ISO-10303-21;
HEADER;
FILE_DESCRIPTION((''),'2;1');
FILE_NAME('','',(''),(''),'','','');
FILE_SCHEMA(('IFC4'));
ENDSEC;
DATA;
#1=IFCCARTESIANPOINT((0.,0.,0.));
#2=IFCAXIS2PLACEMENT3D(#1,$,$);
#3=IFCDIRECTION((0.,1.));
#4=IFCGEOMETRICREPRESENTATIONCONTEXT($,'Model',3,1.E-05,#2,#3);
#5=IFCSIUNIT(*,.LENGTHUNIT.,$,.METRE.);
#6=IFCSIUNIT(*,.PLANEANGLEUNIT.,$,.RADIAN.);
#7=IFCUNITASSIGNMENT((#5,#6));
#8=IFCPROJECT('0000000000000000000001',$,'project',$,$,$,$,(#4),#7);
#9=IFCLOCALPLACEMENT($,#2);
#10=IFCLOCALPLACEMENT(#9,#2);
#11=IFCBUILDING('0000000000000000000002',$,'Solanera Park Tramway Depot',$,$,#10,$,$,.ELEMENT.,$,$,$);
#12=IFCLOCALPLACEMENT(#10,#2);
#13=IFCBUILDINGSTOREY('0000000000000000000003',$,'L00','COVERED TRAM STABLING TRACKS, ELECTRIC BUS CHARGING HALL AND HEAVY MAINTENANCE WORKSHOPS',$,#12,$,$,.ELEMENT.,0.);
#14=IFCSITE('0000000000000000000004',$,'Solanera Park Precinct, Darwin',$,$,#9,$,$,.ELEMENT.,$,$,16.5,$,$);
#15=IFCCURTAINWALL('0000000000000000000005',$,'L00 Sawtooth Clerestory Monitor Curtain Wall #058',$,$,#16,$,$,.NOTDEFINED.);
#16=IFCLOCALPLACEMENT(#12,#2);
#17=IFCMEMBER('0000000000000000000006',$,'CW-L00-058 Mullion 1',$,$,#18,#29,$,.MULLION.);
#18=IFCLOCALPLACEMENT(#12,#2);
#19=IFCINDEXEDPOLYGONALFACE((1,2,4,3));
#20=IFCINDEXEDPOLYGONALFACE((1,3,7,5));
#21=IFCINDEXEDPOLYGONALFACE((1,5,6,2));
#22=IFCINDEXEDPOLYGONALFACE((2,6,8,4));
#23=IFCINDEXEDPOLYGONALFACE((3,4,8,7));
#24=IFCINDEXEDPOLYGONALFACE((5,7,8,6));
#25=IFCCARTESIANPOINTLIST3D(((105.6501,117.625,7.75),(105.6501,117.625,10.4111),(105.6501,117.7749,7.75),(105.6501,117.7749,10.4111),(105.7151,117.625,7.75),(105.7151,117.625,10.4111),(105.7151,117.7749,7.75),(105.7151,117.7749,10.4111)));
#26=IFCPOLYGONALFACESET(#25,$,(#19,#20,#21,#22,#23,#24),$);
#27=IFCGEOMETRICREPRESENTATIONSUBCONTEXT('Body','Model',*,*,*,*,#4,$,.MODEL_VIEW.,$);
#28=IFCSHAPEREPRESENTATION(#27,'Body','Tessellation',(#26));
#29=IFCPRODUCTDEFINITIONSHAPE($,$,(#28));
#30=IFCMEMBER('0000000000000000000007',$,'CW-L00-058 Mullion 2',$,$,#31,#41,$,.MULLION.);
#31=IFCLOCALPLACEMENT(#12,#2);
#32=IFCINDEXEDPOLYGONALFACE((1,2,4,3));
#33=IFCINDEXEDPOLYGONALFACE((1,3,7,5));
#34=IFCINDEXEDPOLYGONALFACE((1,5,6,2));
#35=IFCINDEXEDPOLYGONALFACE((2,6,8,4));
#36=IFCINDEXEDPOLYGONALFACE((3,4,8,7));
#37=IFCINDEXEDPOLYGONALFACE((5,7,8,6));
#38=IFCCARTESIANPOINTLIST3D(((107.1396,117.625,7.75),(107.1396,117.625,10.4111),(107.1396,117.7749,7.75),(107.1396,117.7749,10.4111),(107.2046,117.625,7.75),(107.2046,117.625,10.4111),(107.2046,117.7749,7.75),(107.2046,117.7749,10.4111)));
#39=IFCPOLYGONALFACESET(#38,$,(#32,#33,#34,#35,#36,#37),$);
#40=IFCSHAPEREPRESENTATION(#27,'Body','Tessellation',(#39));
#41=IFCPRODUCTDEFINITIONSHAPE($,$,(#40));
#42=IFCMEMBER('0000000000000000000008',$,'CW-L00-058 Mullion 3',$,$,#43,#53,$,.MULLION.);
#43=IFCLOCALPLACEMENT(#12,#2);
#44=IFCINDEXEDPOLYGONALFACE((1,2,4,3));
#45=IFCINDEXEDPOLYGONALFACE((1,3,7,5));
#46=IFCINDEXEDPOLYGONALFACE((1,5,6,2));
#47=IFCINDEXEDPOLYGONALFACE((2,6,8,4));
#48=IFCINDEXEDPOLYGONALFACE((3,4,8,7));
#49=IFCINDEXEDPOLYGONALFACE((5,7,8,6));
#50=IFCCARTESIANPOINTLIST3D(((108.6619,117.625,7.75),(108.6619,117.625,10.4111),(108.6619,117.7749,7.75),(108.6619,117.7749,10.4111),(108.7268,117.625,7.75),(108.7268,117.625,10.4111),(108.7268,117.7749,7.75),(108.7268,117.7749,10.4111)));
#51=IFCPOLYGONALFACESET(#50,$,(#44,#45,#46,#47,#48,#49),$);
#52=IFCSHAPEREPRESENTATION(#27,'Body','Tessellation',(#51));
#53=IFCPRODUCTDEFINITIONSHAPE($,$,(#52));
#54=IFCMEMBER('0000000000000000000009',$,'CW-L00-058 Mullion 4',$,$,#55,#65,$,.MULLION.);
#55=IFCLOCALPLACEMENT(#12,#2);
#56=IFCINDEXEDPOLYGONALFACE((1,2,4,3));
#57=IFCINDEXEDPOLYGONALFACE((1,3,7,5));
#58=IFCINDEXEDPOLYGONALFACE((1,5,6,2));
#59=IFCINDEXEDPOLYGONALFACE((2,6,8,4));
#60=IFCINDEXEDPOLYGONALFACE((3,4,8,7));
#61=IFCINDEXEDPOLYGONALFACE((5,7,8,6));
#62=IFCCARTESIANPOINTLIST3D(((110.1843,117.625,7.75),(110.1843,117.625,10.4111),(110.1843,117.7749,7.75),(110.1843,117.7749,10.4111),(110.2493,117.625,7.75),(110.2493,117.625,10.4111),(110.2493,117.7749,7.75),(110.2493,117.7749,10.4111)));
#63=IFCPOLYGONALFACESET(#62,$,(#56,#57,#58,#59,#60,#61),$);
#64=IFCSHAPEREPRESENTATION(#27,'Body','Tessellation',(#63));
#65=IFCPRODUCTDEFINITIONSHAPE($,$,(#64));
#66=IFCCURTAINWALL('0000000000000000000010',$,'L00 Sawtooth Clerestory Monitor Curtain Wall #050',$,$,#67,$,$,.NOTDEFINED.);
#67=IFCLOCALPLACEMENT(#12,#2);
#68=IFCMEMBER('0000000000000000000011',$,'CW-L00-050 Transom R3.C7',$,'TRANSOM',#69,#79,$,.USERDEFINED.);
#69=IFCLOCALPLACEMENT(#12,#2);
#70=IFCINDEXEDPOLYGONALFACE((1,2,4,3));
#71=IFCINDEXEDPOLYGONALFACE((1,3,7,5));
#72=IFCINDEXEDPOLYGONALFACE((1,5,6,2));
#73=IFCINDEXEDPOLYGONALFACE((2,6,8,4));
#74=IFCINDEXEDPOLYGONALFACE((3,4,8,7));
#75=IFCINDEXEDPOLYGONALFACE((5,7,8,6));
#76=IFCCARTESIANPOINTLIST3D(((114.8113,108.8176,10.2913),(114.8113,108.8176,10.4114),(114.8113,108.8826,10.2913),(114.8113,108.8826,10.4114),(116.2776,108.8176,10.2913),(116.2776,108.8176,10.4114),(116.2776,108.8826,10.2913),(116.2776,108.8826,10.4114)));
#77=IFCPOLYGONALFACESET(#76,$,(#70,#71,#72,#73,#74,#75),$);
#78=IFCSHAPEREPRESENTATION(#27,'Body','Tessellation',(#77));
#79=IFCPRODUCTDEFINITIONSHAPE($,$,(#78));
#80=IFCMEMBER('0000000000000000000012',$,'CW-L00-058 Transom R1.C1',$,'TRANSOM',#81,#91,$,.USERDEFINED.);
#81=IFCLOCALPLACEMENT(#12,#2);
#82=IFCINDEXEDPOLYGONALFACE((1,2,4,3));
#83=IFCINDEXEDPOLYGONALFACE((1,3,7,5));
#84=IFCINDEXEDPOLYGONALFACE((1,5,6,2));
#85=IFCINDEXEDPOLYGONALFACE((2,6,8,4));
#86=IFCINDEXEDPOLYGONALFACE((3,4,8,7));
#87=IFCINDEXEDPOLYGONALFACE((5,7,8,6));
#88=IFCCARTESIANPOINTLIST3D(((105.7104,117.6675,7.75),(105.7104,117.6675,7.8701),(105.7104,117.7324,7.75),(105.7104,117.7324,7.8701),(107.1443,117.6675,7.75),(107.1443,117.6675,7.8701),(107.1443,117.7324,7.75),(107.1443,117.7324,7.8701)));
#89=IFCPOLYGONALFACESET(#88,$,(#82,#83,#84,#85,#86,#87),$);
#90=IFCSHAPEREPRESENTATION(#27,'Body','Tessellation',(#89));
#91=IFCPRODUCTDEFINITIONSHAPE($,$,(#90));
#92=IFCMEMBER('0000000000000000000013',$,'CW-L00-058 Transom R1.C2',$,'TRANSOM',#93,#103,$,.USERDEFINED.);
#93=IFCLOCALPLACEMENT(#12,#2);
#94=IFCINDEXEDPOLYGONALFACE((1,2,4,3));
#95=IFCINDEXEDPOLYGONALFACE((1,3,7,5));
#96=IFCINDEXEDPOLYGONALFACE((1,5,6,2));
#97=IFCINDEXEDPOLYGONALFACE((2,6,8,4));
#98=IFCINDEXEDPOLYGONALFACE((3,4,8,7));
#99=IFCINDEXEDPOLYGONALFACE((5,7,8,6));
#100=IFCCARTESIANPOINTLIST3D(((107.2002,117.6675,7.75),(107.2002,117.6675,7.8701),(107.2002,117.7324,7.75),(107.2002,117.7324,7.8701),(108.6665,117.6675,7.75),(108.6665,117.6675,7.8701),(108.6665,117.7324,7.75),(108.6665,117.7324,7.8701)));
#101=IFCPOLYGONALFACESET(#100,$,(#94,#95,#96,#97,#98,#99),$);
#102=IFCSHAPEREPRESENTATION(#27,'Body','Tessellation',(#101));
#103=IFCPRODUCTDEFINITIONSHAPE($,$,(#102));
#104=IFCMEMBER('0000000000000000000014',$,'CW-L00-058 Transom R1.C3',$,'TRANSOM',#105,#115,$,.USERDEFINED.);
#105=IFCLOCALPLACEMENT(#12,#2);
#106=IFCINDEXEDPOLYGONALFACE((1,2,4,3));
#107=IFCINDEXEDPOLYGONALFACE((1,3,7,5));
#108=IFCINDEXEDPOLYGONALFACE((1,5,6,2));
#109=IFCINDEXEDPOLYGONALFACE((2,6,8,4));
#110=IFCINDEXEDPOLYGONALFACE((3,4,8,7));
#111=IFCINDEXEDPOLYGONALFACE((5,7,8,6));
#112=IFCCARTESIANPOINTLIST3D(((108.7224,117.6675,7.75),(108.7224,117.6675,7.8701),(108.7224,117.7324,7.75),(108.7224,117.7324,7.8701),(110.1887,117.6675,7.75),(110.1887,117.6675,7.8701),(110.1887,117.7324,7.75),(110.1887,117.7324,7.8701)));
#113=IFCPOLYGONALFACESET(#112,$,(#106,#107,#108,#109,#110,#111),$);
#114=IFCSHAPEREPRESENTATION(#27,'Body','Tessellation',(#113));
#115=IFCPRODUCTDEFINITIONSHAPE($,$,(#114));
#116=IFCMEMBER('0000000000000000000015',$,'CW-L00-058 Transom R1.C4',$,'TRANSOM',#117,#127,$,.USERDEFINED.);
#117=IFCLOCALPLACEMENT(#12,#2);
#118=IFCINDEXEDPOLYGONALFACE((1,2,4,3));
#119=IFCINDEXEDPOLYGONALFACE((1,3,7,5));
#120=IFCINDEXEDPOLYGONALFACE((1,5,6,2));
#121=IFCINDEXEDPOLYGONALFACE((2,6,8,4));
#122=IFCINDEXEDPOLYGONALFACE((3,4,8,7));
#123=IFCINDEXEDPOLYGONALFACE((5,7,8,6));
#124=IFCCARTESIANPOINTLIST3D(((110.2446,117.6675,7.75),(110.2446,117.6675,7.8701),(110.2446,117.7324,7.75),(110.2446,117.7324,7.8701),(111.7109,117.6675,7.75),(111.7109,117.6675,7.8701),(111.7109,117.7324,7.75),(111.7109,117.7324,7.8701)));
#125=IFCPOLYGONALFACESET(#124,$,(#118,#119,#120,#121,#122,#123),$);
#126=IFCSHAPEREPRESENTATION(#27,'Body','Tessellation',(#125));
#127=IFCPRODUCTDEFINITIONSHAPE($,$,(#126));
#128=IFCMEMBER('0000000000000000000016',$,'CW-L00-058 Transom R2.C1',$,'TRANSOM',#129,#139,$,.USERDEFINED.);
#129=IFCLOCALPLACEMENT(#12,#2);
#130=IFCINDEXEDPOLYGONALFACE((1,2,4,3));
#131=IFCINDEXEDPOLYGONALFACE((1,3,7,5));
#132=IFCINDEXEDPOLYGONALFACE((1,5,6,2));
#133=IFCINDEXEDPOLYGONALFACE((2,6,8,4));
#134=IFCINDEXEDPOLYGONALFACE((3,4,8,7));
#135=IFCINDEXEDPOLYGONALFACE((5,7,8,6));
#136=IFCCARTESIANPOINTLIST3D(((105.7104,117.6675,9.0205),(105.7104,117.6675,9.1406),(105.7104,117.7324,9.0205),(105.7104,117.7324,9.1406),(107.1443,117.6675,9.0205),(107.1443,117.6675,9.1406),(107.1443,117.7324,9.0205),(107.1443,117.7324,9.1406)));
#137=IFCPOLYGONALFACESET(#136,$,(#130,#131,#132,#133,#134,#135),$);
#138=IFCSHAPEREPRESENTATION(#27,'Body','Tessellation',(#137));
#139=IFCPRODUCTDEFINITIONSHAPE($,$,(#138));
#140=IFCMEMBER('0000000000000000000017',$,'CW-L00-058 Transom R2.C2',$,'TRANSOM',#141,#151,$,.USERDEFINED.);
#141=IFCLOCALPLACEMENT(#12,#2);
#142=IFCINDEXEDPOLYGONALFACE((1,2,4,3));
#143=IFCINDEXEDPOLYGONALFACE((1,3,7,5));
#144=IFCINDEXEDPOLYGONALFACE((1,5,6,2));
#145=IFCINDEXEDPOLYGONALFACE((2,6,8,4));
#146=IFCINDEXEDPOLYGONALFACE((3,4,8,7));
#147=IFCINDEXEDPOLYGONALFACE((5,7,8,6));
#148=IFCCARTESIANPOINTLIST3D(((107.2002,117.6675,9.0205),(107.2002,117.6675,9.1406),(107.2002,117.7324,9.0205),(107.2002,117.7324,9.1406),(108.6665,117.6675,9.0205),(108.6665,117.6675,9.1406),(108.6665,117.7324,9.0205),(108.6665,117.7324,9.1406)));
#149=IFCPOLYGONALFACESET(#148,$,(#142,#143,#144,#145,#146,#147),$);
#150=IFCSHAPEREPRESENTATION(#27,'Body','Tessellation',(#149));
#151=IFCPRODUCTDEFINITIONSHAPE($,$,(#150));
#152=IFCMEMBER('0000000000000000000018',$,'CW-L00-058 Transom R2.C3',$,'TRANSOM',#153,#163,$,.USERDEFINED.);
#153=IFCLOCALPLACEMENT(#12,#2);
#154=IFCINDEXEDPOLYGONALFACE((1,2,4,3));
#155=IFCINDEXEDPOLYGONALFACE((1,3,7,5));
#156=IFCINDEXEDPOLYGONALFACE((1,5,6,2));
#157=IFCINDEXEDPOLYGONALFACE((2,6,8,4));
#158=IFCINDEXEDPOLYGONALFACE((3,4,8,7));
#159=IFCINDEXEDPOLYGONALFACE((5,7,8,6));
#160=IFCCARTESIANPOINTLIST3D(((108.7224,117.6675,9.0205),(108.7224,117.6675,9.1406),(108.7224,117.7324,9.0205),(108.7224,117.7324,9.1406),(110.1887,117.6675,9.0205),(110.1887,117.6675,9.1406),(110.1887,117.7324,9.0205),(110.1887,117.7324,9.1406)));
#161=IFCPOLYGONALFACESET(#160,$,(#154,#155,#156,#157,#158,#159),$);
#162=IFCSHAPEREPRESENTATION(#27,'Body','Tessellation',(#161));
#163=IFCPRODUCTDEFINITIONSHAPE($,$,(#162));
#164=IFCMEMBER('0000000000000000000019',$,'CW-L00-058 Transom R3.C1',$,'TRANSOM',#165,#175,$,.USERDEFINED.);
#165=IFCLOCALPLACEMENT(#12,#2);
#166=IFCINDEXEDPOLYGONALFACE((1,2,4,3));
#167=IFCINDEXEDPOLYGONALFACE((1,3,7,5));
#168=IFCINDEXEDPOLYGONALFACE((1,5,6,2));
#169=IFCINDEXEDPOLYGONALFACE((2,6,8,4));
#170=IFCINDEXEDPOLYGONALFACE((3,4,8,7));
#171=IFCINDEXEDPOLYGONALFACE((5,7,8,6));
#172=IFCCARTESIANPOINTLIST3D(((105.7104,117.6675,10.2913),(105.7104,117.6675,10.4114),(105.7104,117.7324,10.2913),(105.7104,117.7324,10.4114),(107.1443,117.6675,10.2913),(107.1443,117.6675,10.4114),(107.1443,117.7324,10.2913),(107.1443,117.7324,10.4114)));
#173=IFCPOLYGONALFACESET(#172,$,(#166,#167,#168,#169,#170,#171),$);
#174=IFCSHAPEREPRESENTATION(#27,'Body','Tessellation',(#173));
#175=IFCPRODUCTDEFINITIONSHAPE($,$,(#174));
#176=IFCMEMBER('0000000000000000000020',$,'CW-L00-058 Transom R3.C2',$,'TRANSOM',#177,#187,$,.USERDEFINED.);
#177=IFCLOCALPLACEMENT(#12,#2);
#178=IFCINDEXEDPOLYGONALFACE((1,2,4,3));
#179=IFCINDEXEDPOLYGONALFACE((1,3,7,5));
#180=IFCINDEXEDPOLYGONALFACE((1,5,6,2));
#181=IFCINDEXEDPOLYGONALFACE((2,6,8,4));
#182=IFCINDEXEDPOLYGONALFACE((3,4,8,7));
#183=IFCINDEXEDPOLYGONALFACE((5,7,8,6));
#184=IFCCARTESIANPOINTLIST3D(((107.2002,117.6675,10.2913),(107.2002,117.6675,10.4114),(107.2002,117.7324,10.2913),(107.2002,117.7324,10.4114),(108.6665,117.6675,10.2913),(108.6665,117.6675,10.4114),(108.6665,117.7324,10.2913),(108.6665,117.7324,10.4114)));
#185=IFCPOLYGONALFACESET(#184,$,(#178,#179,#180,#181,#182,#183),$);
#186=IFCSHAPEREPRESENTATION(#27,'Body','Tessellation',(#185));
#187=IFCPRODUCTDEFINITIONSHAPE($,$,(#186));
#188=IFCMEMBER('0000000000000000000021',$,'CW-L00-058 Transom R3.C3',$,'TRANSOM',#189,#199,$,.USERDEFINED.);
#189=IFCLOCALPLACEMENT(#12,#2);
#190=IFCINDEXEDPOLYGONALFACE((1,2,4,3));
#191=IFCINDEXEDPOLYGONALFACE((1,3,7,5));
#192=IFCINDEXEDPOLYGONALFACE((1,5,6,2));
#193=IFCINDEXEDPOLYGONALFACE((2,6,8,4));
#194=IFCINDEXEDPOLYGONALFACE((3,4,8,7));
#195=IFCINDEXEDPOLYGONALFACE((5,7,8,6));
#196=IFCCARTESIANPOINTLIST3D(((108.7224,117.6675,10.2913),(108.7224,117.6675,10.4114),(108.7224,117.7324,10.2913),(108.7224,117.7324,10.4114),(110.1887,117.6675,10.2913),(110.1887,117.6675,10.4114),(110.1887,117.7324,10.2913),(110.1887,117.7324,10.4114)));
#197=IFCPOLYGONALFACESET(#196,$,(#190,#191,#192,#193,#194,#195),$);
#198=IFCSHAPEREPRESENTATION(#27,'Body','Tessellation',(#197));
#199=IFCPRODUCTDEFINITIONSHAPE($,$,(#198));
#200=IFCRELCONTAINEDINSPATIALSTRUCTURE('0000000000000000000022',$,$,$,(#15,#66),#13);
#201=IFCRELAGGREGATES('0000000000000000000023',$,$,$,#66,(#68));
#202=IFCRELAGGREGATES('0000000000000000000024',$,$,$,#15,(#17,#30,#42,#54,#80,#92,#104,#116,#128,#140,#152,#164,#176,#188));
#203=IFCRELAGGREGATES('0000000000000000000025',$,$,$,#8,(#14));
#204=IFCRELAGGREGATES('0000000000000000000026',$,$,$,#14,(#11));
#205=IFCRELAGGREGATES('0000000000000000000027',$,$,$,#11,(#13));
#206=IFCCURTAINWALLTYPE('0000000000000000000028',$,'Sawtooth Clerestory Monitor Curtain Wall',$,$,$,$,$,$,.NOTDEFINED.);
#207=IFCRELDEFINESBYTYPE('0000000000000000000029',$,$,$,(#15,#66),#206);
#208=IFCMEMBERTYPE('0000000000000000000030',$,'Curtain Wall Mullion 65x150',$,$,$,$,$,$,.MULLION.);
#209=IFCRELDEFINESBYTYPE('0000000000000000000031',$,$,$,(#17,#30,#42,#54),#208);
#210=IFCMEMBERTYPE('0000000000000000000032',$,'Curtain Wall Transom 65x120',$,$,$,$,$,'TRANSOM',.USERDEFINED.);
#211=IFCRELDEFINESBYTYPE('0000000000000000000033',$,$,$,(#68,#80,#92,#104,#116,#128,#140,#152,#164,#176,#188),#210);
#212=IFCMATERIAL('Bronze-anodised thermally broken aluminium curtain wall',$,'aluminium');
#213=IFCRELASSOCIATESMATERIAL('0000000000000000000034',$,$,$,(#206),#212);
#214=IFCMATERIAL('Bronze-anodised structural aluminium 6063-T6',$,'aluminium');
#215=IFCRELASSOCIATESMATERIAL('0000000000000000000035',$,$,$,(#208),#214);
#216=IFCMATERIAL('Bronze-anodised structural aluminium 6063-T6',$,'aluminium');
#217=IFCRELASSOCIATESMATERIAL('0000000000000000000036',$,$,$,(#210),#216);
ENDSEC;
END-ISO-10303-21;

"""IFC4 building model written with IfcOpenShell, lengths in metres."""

from ifc_helpers import new_model, si_unit, direction, frame, origin, origin_2d, place, context, subcontext, project, spatial, rectangle, extrude, material, material_profile, profile_set, type_object, element, aggregate, save


model = new_model("IFC4")

# Units and contexts
model_context = context("Model", 3, precision=1e-05, world=origin(), true_north=direction((0.0, 1.0)))
body_context = subcontext(model_context, "Body", "Model", "MODEL_VIEW")
ifc_project = project(units=[si_unit("LENGTHUNIT", "METRE"), si_unit("PLANEANGLEUNIT", "RADIAN")], contexts=[model_context])

# Site, building, storey
site_placement = place(None, origin())
site = spatial("IfcSite", under=ifc_project, at=site_placement, Name="Solanera Park Precinct, Darwin", CompositionType="ELEMENT", RefElevation=16.5)
building_placement = place(site_placement, origin())
building = spatial("IfcBuilding", under=site, at=building_placement, Name="Solanera Park Tramway Depot", CompositionType="ELEMENT")
storey_placement = place(building_placement, origin())
storey = spatial("IfcBuildingStorey", under=building, at=storey_placement, Name="L00", Description="COVERED TRAM STABLING TRACKS, ELECTRIC BUS CHARGING HALL AND HEAVY MAINTENANCE WORKSHOPS", CompositionType="ELEMENT", Elevation=0.0)

# Curtain wall, members
ifc_material_1 = material(Name="Bronze-anodised thermally broken aluminium curtain wall", Category="aluminium")
curtain_wall_type = type_object("IfcCurtainWallType", Name="Sawtooth Clerestory Monitor Curtain Wall", PredefinedType="NOTDEFINED", material=ifc_material_1)
curtain_wall_1_placement = place(storey_placement, origin())
curtain_wall_1 = element("IfcCurtainWall", 1, at=curtain_wall_1_placement, inside=storey, type_object=curtain_wall_type, Name="L00 Sawtooth Clerestory Monitor Curtain Wall #058", PredefinedType="NOTDEFINED")
ifc_material_2 = material(Name="Bronze-anodised structural aluminium 6063-T6", Category="aluminium")
ifc_material_profile_1 = material_profile(ifc_material_2, rectangle(XDim=0.0649, YDim=0.1499, at=origin_2d()), Name="Curtain Wall Mullion 65x150")
ifc_profile_set_1 = profile_set([ifc_material_profile_1], Name="Bronze-anodised structural aluminium 6063-T6")
member_type_1 = type_object("IfcMemberType", Name="Curtain Wall Mullion 65x150", PredefinedType="MULLION", material=ifc_profile_set_1)
member_1_placement = place(storey_placement, frame((105.6826, 117.7, 7.75), z_axis=(0.0, 0.0, 1.0), x_axis=(1.0, 0.0, 0.0)))
member_1 = element("IfcMember", 2, at=member_1_placement, type_object=member_type_1, Name="CW-L00-058 Mullion 1", PredefinedType="MULLION", context=body_context, shape_type="SweptSolid", body=[
    extrude(rectangle(XDim=0.0649, YDim=0.1499, at=origin_2d()), origin(), (0.0, 0.0, 1.0), 2.6611),
])
member_2_placement = place(storey_placement, frame((107.1721, 117.7, 7.75), z_axis=(0.0, 0.0, 1.0), x_axis=(1.0, 0.0, 0.0)))
member_2 = element("IfcMember", 3, at=member_2_placement, type_object=member_type_1, Name="CW-L00-058 Mullion 2", PredefinedType="MULLION", context=body_context, shape_type="SweptSolid", body=[
    extrude(rectangle(XDim=0.0649, YDim=0.1499, at=origin_2d()), origin(), (0.0, 0.0, 1.0), 2.6611),
])
member_3_placement = place(storey_placement, frame((108.6943, 117.7, 7.75), z_axis=(0.0, 0.0, 1.0), x_axis=(1.0, 0.0, 0.0)))
member_3 = element("IfcMember", 4, at=member_3_placement, type_object=member_type_1, Name="CW-L00-058 Mullion 3", PredefinedType="MULLION", context=body_context, shape_type="SweptSolid", body=[
    extrude(rectangle(XDim=0.0649, YDim=0.1499, at=origin_2d()), origin(), (0.0, 0.0, 1.0), 2.6611),
])
member_4_placement = place(storey_placement, frame((110.2168, 117.7, 7.75), z_axis=(0.0, 0.0, 1.0), x_axis=(1.0, 0.0, 0.0)))
member_4 = element("IfcMember", 5, at=member_4_placement, type_object=member_type_1, Name="CW-L00-058 Mullion 4", PredefinedType="MULLION", context=body_context, shape_type="SweptSolid", body=[
    extrude(rectangle(XDim=0.0649, YDim=0.1499, at=origin_2d()), origin(), (0.0, 0.0, 1.0), 2.6611),
])

# Curtain wall, member
curtain_wall_2_placement = place(storey_placement, origin())
curtain_wall_2 = element("IfcCurtainWall", 6, at=curtain_wall_2_placement, inside=storey, type_object=curtain_wall_type, Name="L00 Sawtooth Clerestory Monitor Curtain Wall #050", PredefinedType="NOTDEFINED")
ifc_material_3 = material(Name="Bronze-anodised structural aluminium 6063-T6", Category="aluminium")
ifc_material_profile_2 = material_profile(ifc_material_3, rectangle(XDim=0.0649, YDim=0.1201, at=origin_2d()), Name="Curtain Wall Transom 65x120")
ifc_profile_set_2 = profile_set([ifc_material_profile_2], Name="Bronze-anodised structural aluminium 6063-T6")
member_type_2 = type_object("IfcMemberType", Name="Curtain Wall Transom 65x120", ElementType="TRANSOM", PredefinedType="USERDEFINED", material=ifc_profile_set_2)
member_5_placement = place(storey_placement, frame((114.8113, 108.8501, 10.3513), z_axis=(1.0, 0.0, 0.0), x_axis=(0.0, 1.0, 0.0)))
member_5 = element("IfcMember", 7, at=member_5_placement, type_object=member_type_2, Name="CW-L00-050 Transom R3.C7", ObjectType="TRANSOM", PredefinedType="USERDEFINED", context=body_context, shape_type="SweptSolid", body=[
    extrude(rectangle(XDim=0.0649, YDim=0.1201, at=origin_2d()), origin(), (0.0, 0.0, 1.0), 1.4663),
])
aggregate(curtain_wall_2, [member_5])

# Members
member_6_placement = place(storey_placement, frame((105.7104, 117.7, 7.8101), z_axis=(1.0, 0.0, 0.0), x_axis=(0.0, 1.0, 0.0)))
member_6 = element("IfcMember", 8, at=member_6_placement, type_object=member_type_2, Name="CW-L00-058 Transom R1.C1", ObjectType="TRANSOM", PredefinedType="USERDEFINED", context=body_context, shape_type="SweptSolid", body=[
    extrude(rectangle(XDim=0.0649, YDim=0.1201, at=origin_2d()), origin(), (0.0, 0.0, 1.0), 1.4338),
])
member_7_placement = place(storey_placement, frame((107.2002, 117.7, 7.8101), z_axis=(1.0, 0.0, 0.0), x_axis=(0.0, 1.0, 0.0)))
member_7 = element("IfcMember", 9, at=member_7_placement, type_object=member_type_2, Name="CW-L00-058 Transom R1.C2", ObjectType="TRANSOM", PredefinedType="USERDEFINED", context=body_context, shape_type="SweptSolid", body=[
    extrude(rectangle(XDim=0.0649, YDim=0.1201, at=origin_2d()), origin(), (0.0, 0.0, 1.0), 1.4663),
])
member_8_placement = place(storey_placement, frame((108.7224, 117.7, 7.8101), z_axis=(1.0, 0.0, 0.0), x_axis=(0.0, 1.0, 0.0)))
member_8 = element("IfcMember", 10, at=member_8_placement, type_object=member_type_2, Name="CW-L00-058 Transom R1.C3", ObjectType="TRANSOM", PredefinedType="USERDEFINED", context=body_context, shape_type="SweptSolid", body=[
    extrude(rectangle(XDim=0.0649, YDim=0.1201, at=origin_2d()), origin(), (0.0, 0.0, 1.0), 1.4663),
])
member_9_placement = place(storey_placement, frame((110.2446, 117.7, 7.8101), z_axis=(1.0, 0.0, 0.0), x_axis=(0.0, 1.0, 0.0)))
member_9 = element("IfcMember", 11, at=member_9_placement, type_object=member_type_2, Name="CW-L00-058 Transom R1.C4", ObjectType="TRANSOM", PredefinedType="USERDEFINED", context=body_context, shape_type="SweptSolid", body=[
    extrude(rectangle(XDim=0.0649, YDim=0.1201, at=origin_2d()), origin(), (0.0, 0.0, 1.0), 1.4663),
])
member_10_placement = place(storey_placement, frame((105.7104, 117.7, 9.0806), z_axis=(1.0, 0.0, 0.0), x_axis=(0.0, 1.0, 0.0)))
member_10 = element("IfcMember", 12, at=member_10_placement, type_object=member_type_2, Name="CW-L00-058 Transom R2.C1", ObjectType="TRANSOM", PredefinedType="USERDEFINED", context=body_context, shape_type="SweptSolid", body=[
    extrude(rectangle(XDim=0.0649, YDim=0.1201, at=origin_2d()), origin(), (0.0, 0.0, 1.0), 1.4338),
])
member_11_placement = place(storey_placement, frame((107.2002, 117.7, 9.0806), z_axis=(1.0, 0.0, 0.0), x_axis=(0.0, 1.0, 0.0)))
member_11 = element("IfcMember", 13, at=member_11_placement, type_object=member_type_2, Name="CW-L00-058 Transom R2.C2", ObjectType="TRANSOM", PredefinedType="USERDEFINED", context=body_context, shape_type="SweptSolid", body=[
    extrude(rectangle(XDim=0.0649, YDim=0.1201, at=origin_2d()), origin(), (0.0, 0.0, 1.0), 1.4663),
])
member_12_placement = place(storey_placement, frame((108.7224, 117.7, 9.0806), z_axis=(1.0, 0.0, 0.0), x_axis=(0.0, 1.0, 0.0)))
member_12 = element("IfcMember", 14, at=member_12_placement, type_object=member_type_2, Name="CW-L00-058 Transom R2.C3", ObjectType="TRANSOM", PredefinedType="USERDEFINED", context=body_context, shape_type="SweptSolid", body=[
    extrude(rectangle(XDim=0.0649, YDim=0.1201, at=origin_2d()), origin(), (0.0, 0.0, 1.0), 1.4663),
])
member_13_placement = place(storey_placement, frame((105.7104, 117.7, 10.3513), z_axis=(1.0, 0.0, 0.0), x_axis=(0.0, 1.0, 0.0)))
member_13 = element("IfcMember", 15, at=member_13_placement, type_object=member_type_2, Name="CW-L00-058 Transom R3.C1", ObjectType="TRANSOM", PredefinedType="USERDEFINED", context=body_context, shape_type="SweptSolid", body=[
    extrude(rectangle(XDim=0.0649, YDim=0.1201, at=origin_2d()), origin(), (0.0, 0.0, 1.0), 1.4338),
])
member_14_placement = place(storey_placement, frame((107.2002, 117.7, 10.3513), z_axis=(1.0, 0.0, 0.0), x_axis=(0.0, 1.0, 0.0)))
member_14 = element("IfcMember", 16, at=member_14_placement, type_object=member_type_2, Name="CW-L00-058 Transom R3.C2", ObjectType="TRANSOM", PredefinedType="USERDEFINED", context=body_context, shape_type="SweptSolid", body=[
    extrude(rectangle(XDim=0.0649, YDim=0.1201, at=origin_2d()), origin(), (0.0, 0.0, 1.0), 1.4663),
])
member_15_placement = place(storey_placement, frame((108.7224, 117.7, 10.3513), z_axis=(1.0, 0.0, 0.0), x_axis=(0.0, 1.0, 0.0)))
member_15 = element("IfcMember", 17, at=member_15_placement, type_object=member_type_2, Name="CW-L00-058 Transom R3.C3", ObjectType="TRANSOM", PredefinedType="USERDEFINED", context=body_context, shape_type="SweptSolid", body=[
    extrude(rectangle(XDim=0.0649, YDim=0.1201, at=origin_2d()), origin(), (0.0, 0.0, 1.0), 1.4663),
])

aggregate(curtain_wall_1, [member_1, member_2, member_3, member_4, member_6, member_7, member_8, member_9, member_10, member_11, member_12, member_13, member_14, member_15])

save(model, "model.ifc")
